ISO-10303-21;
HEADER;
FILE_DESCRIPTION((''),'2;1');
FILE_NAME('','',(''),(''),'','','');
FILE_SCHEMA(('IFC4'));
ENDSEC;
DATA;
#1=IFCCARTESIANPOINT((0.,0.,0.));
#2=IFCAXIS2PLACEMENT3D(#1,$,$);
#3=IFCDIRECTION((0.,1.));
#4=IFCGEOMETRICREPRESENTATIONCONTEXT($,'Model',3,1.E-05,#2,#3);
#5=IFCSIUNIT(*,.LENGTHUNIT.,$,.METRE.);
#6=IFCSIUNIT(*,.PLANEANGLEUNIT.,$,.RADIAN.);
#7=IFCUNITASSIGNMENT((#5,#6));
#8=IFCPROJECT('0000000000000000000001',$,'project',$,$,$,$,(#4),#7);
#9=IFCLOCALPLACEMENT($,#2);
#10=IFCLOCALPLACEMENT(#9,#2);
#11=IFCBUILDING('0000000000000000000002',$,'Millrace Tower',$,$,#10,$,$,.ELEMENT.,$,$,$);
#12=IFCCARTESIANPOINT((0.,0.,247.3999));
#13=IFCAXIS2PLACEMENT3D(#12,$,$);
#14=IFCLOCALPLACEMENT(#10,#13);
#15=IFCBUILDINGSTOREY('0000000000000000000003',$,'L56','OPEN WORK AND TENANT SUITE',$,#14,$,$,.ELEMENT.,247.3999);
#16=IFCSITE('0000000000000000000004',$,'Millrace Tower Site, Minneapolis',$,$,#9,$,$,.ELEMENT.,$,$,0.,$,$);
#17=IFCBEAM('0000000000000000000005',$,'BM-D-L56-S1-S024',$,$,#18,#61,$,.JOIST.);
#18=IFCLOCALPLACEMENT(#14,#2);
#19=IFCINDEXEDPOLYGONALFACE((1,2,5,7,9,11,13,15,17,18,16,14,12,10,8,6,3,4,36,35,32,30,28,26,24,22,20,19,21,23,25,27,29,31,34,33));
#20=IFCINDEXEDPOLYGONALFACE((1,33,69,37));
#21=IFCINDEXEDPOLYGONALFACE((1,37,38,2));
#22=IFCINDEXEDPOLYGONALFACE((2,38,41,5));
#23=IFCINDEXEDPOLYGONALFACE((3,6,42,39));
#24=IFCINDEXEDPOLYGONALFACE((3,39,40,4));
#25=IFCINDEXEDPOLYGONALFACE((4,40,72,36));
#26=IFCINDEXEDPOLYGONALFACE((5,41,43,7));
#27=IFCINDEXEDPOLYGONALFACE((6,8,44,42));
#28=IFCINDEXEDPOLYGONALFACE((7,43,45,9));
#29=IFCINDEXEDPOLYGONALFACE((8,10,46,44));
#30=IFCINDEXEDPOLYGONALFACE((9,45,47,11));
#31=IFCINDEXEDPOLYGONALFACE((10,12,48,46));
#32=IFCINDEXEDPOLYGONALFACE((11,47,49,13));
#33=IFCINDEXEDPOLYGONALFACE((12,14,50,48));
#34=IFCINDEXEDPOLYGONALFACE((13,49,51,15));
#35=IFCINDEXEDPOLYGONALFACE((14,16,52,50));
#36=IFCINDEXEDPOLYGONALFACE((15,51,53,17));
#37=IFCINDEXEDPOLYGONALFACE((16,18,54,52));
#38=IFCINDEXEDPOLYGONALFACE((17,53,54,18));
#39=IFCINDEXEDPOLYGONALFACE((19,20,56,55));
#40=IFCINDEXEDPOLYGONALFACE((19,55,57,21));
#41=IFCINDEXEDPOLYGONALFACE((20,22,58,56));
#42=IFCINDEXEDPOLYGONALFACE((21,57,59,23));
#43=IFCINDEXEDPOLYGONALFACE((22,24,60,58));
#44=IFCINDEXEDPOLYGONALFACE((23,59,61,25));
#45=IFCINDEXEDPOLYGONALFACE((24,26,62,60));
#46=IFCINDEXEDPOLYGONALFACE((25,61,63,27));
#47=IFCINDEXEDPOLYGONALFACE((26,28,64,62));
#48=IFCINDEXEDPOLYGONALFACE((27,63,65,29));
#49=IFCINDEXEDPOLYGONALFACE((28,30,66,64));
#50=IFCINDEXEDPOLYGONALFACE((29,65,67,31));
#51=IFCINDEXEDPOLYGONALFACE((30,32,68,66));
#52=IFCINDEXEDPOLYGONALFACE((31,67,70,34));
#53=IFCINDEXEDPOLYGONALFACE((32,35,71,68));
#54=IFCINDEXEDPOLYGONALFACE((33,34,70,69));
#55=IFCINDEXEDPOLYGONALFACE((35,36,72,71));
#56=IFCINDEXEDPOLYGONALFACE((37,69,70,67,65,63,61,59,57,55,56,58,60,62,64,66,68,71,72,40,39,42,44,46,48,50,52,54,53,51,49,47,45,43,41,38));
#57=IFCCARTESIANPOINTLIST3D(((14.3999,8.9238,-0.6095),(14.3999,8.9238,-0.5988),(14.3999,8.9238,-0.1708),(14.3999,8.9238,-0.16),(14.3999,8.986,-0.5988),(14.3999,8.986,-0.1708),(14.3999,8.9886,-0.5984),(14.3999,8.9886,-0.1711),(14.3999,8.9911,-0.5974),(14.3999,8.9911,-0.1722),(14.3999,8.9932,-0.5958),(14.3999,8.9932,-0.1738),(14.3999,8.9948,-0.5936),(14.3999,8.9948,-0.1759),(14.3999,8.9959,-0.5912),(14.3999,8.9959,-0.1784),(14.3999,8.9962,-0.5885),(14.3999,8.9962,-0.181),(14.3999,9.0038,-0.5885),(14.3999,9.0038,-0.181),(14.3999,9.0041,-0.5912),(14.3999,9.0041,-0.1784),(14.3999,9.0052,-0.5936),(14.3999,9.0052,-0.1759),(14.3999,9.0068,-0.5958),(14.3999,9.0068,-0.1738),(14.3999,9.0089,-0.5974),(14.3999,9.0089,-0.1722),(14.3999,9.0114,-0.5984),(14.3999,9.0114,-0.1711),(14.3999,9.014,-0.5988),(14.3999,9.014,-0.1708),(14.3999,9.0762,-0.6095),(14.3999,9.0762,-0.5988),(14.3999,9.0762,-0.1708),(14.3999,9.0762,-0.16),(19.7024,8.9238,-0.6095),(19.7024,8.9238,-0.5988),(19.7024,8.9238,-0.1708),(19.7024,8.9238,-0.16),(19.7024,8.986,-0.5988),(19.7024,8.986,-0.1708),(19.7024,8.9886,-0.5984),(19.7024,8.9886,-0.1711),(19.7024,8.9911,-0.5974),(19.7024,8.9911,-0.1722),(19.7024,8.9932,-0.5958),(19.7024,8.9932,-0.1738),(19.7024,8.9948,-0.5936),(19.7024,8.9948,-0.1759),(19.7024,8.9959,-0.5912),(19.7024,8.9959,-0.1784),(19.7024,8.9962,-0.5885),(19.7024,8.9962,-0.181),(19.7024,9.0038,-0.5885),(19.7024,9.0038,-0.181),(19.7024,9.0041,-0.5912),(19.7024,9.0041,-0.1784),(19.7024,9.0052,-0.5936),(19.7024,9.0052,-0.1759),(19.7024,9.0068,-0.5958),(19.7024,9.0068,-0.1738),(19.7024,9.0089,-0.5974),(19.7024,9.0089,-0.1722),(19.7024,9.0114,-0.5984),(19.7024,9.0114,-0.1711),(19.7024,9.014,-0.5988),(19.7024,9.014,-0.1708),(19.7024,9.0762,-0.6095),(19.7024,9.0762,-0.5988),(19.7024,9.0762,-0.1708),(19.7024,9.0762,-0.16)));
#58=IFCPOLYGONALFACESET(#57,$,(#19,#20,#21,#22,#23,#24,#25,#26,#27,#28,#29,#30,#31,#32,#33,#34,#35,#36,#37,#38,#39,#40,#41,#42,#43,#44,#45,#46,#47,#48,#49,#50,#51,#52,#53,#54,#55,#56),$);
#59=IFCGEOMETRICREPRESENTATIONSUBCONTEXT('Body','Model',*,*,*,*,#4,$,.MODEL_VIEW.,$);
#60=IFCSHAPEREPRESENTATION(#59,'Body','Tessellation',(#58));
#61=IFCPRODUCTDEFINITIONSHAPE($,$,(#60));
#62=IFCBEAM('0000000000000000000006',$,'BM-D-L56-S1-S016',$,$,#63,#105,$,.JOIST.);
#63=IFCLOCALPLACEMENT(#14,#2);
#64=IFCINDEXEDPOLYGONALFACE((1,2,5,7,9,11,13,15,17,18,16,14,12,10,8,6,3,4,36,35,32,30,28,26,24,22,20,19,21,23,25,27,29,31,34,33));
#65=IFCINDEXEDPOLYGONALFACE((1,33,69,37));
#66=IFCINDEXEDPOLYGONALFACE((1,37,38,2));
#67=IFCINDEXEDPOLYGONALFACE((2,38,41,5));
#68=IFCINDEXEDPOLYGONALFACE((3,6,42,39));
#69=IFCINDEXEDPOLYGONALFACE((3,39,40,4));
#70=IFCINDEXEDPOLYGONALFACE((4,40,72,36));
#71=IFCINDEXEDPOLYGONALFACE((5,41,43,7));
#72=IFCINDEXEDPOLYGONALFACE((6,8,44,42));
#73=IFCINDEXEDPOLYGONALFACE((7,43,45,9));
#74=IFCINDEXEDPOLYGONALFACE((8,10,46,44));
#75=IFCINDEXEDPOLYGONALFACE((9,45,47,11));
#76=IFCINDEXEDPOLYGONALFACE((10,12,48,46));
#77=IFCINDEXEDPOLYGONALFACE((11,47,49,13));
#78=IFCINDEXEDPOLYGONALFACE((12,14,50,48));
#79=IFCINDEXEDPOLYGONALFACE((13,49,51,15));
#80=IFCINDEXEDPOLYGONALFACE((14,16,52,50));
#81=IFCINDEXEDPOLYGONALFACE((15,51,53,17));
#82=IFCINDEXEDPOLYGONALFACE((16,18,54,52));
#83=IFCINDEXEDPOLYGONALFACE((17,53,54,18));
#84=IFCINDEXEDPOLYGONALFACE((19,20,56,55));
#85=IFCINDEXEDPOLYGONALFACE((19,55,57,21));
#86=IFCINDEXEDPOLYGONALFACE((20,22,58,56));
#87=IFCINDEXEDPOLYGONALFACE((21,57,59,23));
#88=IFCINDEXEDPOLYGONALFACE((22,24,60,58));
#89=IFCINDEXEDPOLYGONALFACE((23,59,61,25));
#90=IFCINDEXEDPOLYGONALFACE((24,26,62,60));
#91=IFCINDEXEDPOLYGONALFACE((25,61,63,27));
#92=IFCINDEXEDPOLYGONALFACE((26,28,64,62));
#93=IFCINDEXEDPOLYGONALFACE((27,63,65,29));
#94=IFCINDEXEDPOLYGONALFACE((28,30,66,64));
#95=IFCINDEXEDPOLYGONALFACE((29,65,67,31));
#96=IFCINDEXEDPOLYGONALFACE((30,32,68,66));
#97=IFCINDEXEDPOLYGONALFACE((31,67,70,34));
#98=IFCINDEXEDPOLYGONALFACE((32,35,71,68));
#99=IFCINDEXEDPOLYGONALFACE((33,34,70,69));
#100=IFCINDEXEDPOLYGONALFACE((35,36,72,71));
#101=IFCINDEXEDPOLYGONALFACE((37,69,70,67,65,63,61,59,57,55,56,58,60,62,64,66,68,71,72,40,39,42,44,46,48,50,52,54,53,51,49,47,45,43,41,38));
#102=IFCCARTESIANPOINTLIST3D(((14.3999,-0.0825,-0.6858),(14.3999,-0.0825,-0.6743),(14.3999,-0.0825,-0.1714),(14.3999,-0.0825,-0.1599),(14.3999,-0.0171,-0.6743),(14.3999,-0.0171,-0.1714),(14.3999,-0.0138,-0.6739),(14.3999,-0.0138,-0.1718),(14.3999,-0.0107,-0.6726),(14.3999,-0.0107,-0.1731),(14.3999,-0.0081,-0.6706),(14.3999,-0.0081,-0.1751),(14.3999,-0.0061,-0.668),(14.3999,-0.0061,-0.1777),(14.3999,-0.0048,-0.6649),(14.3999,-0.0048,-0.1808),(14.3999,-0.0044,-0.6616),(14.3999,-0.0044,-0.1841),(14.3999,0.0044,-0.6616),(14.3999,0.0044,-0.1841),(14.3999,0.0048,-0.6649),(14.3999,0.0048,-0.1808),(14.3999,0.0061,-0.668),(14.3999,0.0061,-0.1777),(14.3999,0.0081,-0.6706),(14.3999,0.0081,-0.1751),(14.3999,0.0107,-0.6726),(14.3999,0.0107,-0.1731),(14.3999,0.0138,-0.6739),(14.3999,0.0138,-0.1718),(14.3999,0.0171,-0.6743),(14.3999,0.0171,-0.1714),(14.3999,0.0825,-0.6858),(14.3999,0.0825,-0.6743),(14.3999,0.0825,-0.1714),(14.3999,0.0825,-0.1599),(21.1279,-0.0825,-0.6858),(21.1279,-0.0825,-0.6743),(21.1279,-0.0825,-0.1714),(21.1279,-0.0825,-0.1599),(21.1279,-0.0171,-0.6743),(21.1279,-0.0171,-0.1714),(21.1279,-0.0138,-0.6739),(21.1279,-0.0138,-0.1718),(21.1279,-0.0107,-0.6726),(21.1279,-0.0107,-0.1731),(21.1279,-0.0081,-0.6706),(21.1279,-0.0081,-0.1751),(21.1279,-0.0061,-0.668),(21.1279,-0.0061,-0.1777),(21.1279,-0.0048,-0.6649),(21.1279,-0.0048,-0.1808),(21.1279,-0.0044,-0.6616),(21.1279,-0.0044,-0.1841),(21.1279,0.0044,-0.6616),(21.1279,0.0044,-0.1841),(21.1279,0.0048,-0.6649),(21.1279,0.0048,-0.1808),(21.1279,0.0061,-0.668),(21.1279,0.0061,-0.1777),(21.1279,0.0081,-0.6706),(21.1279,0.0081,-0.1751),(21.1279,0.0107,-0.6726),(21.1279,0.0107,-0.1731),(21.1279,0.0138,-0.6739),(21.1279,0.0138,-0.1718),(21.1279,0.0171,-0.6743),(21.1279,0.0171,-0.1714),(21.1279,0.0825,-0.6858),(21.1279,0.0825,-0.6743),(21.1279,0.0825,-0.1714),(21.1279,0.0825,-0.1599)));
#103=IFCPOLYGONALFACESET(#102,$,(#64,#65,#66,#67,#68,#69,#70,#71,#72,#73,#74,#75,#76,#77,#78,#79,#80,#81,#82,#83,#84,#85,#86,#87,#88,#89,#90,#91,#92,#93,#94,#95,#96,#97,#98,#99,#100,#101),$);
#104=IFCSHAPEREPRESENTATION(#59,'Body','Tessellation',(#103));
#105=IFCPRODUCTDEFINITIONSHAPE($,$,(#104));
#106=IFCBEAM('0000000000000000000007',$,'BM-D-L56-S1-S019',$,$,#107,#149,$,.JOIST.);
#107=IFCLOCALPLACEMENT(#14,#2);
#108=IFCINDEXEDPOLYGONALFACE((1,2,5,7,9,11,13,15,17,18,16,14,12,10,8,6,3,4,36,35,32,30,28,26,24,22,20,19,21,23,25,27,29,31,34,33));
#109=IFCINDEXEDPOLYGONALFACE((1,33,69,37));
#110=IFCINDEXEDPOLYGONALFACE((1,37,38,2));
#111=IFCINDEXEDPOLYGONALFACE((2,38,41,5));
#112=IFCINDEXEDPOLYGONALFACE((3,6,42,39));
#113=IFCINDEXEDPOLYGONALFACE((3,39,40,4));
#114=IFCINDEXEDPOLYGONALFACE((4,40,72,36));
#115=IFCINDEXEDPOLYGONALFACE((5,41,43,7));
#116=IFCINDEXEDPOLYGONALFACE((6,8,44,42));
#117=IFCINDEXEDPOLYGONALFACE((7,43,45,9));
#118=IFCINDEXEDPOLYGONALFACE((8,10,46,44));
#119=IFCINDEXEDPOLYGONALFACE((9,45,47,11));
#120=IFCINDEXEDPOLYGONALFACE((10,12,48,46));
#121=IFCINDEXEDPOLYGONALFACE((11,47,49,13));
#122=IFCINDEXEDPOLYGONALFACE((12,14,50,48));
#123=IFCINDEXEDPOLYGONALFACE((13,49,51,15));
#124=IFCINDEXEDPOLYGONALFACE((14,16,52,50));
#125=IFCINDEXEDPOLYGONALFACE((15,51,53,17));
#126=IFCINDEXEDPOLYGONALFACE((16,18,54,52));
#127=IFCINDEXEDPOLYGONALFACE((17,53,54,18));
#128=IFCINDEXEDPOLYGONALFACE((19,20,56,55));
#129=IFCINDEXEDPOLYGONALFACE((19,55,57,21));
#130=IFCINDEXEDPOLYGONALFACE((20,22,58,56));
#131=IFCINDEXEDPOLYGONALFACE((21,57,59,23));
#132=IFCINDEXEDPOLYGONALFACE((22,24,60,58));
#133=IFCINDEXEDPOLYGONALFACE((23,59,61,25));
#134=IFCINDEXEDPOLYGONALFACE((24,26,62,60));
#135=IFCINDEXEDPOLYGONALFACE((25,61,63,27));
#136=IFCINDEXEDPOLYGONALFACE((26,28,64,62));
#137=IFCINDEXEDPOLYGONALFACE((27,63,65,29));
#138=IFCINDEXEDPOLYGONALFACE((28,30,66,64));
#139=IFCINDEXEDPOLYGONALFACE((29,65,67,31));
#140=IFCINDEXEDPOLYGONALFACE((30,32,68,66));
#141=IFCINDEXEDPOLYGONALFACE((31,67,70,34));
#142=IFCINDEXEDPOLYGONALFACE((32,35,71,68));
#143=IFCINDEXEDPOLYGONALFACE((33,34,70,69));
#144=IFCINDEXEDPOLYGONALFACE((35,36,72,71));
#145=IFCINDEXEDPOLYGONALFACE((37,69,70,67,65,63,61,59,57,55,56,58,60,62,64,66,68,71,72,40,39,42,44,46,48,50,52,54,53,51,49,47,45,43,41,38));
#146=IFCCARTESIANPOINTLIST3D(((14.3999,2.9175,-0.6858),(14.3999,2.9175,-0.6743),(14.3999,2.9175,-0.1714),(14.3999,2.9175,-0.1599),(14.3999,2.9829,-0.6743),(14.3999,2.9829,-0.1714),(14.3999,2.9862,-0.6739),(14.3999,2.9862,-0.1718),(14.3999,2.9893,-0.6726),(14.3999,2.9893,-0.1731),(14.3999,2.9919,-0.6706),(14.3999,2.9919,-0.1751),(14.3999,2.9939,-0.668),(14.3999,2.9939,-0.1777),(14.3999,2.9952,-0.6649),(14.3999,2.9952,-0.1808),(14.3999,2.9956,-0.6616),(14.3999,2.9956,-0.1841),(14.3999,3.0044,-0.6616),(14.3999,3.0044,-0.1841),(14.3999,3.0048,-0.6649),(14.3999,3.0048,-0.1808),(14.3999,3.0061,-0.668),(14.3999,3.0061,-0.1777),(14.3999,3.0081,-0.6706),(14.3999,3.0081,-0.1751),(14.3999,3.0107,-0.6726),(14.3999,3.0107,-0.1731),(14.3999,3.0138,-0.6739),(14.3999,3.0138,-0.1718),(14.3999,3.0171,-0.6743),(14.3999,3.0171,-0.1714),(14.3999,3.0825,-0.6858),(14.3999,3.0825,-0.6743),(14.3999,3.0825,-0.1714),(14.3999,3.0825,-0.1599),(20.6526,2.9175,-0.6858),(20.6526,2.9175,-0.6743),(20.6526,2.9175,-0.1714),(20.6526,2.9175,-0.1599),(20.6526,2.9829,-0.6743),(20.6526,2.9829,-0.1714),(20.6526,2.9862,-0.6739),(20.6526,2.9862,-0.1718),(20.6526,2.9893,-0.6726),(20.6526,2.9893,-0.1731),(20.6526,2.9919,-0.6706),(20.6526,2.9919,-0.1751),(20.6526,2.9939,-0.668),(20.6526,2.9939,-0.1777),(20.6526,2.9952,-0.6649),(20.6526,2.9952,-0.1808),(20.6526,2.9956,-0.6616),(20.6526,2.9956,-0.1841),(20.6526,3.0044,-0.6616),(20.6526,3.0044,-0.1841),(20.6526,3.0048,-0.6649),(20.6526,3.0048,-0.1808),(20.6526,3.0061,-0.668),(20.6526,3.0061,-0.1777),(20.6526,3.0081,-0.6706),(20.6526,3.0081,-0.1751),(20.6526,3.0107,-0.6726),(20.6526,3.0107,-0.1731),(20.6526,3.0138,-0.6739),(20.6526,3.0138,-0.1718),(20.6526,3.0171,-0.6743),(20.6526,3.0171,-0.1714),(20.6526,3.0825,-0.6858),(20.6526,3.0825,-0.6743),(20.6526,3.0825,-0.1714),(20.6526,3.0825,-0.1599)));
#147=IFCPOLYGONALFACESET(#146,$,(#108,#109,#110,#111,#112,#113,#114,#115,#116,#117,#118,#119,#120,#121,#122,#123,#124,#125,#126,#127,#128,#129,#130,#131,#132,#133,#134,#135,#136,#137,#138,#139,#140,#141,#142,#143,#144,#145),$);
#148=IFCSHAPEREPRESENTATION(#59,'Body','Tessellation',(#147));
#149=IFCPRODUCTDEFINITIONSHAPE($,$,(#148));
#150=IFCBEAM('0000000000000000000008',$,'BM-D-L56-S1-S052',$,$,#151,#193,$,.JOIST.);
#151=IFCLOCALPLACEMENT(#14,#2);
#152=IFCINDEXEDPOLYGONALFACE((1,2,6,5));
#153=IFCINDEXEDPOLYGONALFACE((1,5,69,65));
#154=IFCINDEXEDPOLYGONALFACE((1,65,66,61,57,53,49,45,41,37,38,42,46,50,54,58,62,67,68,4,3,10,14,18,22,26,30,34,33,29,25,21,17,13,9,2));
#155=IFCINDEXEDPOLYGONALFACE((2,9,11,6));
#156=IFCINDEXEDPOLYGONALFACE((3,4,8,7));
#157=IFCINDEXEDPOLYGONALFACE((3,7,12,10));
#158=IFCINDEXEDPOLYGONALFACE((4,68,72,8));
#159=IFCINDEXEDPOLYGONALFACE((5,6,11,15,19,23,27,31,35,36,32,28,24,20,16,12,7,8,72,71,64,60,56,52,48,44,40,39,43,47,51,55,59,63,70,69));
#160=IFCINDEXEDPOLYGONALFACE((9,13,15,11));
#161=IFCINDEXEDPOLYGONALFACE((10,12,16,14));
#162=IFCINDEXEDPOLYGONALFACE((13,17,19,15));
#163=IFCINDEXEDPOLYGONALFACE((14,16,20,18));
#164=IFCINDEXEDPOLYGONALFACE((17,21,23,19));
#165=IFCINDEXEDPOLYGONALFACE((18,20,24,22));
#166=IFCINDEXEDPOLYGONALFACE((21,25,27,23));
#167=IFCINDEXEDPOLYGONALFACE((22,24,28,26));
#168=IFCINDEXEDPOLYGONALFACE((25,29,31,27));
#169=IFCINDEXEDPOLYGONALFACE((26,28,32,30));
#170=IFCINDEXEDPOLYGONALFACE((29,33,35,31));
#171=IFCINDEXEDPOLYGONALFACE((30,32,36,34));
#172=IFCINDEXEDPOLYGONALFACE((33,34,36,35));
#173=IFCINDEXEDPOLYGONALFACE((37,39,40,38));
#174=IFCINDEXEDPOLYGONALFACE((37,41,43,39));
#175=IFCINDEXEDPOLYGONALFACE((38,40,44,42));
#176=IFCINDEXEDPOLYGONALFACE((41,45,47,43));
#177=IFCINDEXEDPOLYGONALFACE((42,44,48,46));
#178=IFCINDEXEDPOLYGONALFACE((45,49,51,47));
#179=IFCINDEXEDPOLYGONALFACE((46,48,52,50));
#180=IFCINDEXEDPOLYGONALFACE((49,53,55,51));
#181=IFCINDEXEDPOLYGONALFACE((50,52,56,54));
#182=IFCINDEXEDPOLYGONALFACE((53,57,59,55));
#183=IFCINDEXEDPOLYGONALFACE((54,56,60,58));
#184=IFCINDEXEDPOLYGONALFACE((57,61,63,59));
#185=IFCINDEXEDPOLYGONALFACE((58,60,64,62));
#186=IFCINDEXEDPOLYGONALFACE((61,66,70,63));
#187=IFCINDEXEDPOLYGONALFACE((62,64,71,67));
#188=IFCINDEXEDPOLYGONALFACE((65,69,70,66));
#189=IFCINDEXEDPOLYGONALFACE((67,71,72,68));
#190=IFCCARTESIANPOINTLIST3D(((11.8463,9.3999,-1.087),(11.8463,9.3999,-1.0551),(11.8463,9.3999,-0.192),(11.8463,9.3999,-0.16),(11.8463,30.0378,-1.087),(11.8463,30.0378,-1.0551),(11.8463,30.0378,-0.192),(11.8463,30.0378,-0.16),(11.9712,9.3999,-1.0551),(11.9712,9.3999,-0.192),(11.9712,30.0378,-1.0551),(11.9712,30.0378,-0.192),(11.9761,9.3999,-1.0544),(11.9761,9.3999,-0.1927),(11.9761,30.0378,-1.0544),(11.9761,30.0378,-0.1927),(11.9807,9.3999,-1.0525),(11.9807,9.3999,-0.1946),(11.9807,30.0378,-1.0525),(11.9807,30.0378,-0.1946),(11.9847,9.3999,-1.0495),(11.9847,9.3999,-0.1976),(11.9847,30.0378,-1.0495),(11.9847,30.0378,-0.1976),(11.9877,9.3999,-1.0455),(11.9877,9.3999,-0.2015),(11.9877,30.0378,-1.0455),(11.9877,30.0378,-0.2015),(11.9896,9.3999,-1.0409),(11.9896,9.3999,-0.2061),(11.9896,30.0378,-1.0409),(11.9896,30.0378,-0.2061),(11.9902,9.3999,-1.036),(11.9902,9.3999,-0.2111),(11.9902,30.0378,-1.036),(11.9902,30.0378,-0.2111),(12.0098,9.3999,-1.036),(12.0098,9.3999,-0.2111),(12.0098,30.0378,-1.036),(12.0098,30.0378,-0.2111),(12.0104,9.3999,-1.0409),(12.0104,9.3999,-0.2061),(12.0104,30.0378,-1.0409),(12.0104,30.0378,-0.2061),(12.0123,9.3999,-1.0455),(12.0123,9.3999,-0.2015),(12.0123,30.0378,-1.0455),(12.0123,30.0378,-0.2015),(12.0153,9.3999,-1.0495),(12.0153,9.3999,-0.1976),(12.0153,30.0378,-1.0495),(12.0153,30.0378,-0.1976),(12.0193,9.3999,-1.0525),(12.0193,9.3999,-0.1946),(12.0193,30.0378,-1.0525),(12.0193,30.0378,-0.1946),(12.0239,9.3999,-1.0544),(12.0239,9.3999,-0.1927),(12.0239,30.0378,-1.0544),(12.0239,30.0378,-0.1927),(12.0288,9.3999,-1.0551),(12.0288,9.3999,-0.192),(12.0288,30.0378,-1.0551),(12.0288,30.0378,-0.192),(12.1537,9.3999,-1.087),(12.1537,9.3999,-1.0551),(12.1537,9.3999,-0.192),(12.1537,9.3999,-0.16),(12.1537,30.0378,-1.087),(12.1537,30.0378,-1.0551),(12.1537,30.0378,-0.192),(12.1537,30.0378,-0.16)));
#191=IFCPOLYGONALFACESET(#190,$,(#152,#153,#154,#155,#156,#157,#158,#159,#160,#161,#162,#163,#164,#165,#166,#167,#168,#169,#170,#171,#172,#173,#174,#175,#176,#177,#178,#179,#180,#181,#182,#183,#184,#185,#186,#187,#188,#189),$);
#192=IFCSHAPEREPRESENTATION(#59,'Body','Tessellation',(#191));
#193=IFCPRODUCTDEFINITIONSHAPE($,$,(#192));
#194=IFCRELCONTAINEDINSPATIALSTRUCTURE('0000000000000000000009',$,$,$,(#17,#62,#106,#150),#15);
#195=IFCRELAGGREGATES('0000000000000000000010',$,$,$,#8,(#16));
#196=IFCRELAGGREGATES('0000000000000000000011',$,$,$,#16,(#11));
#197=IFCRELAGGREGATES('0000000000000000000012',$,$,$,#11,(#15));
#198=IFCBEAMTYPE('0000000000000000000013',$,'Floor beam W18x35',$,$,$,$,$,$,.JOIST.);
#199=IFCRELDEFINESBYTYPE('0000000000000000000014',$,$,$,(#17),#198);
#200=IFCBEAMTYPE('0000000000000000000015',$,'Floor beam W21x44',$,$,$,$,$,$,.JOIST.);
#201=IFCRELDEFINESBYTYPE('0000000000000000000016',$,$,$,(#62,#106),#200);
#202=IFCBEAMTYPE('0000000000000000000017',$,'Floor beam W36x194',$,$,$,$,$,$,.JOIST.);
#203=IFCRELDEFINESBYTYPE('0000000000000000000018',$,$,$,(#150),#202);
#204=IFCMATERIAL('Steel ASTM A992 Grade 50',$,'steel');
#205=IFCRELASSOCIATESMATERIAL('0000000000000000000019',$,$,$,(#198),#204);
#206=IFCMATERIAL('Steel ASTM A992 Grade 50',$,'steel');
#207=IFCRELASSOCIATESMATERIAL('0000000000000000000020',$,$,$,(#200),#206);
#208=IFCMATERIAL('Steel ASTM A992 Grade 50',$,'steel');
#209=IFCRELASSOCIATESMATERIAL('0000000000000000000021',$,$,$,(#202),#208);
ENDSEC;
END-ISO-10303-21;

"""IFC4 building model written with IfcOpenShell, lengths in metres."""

from ifc_helpers import new_model, si_unit, direction, frame, origin, origin_2d, place, context, subcontext, project, spatial, i_section, extrude, material, material_profile, profile_set, type_object, element, save


model = new_model("IFC4")

# Units and contexts
model_context = context("Model", 3, precision=1e-05, world=origin(), true_north=direction((0.0, 1.0)))
body_context = subcontext(model_context, "Body", "Model", "MODEL_VIEW")
ifc_project = project(units=[si_unit("LENGTHUNIT", "METRE"), si_unit("PLANEANGLEUNIT", "RADIAN")], contexts=[model_context])

# Site, building, storey
site_placement = place(None, origin())
site = spatial("IfcSite", under=ifc_project, at=site_placement, Name="Millrace Tower Site, Minneapolis", CompositionType="ELEMENT", RefElevation=0.0)
building_placement = place(site_placement, origin())
building = spatial("IfcBuilding", under=site, at=building_placement, Name="Millrace Tower", CompositionType="ELEMENT")
storey_placement = place(building_placement, frame((0.0, 0.0, 247.3999)))
storey = spatial("IfcBuildingStorey", under=building, at=storey_placement, Name="L56", Description="OPEN WORK AND TENANT SUITE", CompositionType="ELEMENT", Elevation=247.3999)

# Beams
ifc_material_1 = material(Name="Steel ASTM A992 Grade 50", Category="steel")
ifc_material_profile_1 = material_profile(ifc_material_1, i_section(OverallWidth=0.1523, OverallDepth=0.4495, WebThickness=0.0076, FlangeThickness=0.0107, FilletRadius=0.0103, at=origin_2d()))
ifc_profile_set_1 = profile_set([ifc_material_profile_1], Name="Steel ASTM A992 Grade 50")
beam_type_1 = type_object("IfcBeamType", Name="Floor beam W18x35", PredefinedType="JOIST", material=ifc_profile_set_1)
beam_1_placement = place(storey_placement, frame((14.3999, 9.0, -0.3848), z_axis=(1.0, 0.0, 0.0), x_axis=(0.0, 1.0, 0.0)))
element("IfcBeam", 1, at=beam_1_placement, inside=storey, type_object=beam_type_1, Name="BM-D-L56-S1-S024", PredefinedType="JOIST", context=body_context, shape_type="SweptSolid", body=[
    extrude(i_section(OverallWidth=0.1523, OverallDepth=0.4495, WebThickness=0.0076, FlangeThickness=0.0107, FilletRadius=0.0103, at=origin_2d()), origin(), (0.0, 0.0, 1.0), 5.3025),
])
ifc_material_2 = material(Name="Steel ASTM A992 Grade 50", Category="steel")
ifc_material_profile_2 = material_profile(ifc_material_2, i_section(OverallWidth=0.165, OverallDepth=0.5259, WebThickness=0.0088, FlangeThickness=0.0115, FilletRadius=0.0127, at=origin_2d()))
ifc_profile_set_2 = profile_set([ifc_material_profile_2], Name="Steel ASTM A992 Grade 50")
beam_type_2 = type_object("IfcBeamType", Name="Floor beam W21x44", PredefinedType="JOIST", material=ifc_profile_set_2)
beam_2_placement = place(storey_placement, frame((14.3999, 0.0, -0.4229), z_axis=(1.0, 0.0, 0.0), x_axis=(0.0, 1.0, 0.0)))
element("IfcBeam", 2, at=beam_2_placement, inside=storey, type_object=beam_type_2, Name="BM-D-L56-S1-S016", PredefinedType="JOIST", context=body_context, shape_type="SweptSolid", body=[
    extrude(i_section(OverallWidth=0.165, OverallDepth=0.5259, WebThickness=0.0088, FlangeThickness=0.0115, FilletRadius=0.0127, at=origin_2d()), origin(), (0.0, 0.0, 1.0), 6.728),
])
beam_3_placement = place(storey_placement, frame((14.3999, 3.0, -0.4229), z_axis=(1.0, 0.0, 0.0), x_axis=(0.0, 1.0, 0.0)))
element("IfcBeam", 3, at=beam_3_placement, inside=storey, type_object=beam_type_2, Name="BM-D-L56-S1-S019", PredefinedType="JOIST", context=body_context, shape_type="SweptSolid", body=[
    extrude(i_section(OverallWidth=0.165, OverallDepth=0.5259, WebThickness=0.0088, FlangeThickness=0.0115, FilletRadius=0.0127, at=origin_2d()), origin(), (0.0, 0.0, 1.0), 6.2527),
])
ifc_material_3 = material(Name="Steel ASTM A992 Grade 50", Category="steel")
ifc_material_profile_3 = material_profile(ifc_material_3, i_section(OverallWidth=0.3074, OverallDepth=0.927, WebThickness=0.0195, FlangeThickness=0.032, FilletRadius=0.019, at=origin_2d()))
ifc_profile_set_3 = profile_set([ifc_material_profile_3], Name="Steel ASTM A992 Grade 50")
beam_type_3 = type_object("IfcBeamType", Name="Floor beam W36x194", PredefinedType="JOIST", material=ifc_profile_set_3)
beam_4_placement = place(storey_placement, frame((12.0, 9.3999, -0.6235), z_axis=(0.0, 1.0, 0.0), x_axis=(-1.0, 0.0, 0.0)))
element("IfcBeam", 4, at=beam_4_placement, inside=storey, type_object=beam_type_3, Name="BM-D-L56-S1-S052", PredefinedType="JOIST", context=body_context, shape_type="SweptSolid", body=[
    extrude(i_section(OverallWidth=0.3074, OverallDepth=0.927, WebThickness=0.0195, FlangeThickness=0.032, FilletRadius=0.019, at=origin_2d()), origin(), (0.0, 0.0, 1.0), 20.6379),
])

save(model, "model.ifc")
